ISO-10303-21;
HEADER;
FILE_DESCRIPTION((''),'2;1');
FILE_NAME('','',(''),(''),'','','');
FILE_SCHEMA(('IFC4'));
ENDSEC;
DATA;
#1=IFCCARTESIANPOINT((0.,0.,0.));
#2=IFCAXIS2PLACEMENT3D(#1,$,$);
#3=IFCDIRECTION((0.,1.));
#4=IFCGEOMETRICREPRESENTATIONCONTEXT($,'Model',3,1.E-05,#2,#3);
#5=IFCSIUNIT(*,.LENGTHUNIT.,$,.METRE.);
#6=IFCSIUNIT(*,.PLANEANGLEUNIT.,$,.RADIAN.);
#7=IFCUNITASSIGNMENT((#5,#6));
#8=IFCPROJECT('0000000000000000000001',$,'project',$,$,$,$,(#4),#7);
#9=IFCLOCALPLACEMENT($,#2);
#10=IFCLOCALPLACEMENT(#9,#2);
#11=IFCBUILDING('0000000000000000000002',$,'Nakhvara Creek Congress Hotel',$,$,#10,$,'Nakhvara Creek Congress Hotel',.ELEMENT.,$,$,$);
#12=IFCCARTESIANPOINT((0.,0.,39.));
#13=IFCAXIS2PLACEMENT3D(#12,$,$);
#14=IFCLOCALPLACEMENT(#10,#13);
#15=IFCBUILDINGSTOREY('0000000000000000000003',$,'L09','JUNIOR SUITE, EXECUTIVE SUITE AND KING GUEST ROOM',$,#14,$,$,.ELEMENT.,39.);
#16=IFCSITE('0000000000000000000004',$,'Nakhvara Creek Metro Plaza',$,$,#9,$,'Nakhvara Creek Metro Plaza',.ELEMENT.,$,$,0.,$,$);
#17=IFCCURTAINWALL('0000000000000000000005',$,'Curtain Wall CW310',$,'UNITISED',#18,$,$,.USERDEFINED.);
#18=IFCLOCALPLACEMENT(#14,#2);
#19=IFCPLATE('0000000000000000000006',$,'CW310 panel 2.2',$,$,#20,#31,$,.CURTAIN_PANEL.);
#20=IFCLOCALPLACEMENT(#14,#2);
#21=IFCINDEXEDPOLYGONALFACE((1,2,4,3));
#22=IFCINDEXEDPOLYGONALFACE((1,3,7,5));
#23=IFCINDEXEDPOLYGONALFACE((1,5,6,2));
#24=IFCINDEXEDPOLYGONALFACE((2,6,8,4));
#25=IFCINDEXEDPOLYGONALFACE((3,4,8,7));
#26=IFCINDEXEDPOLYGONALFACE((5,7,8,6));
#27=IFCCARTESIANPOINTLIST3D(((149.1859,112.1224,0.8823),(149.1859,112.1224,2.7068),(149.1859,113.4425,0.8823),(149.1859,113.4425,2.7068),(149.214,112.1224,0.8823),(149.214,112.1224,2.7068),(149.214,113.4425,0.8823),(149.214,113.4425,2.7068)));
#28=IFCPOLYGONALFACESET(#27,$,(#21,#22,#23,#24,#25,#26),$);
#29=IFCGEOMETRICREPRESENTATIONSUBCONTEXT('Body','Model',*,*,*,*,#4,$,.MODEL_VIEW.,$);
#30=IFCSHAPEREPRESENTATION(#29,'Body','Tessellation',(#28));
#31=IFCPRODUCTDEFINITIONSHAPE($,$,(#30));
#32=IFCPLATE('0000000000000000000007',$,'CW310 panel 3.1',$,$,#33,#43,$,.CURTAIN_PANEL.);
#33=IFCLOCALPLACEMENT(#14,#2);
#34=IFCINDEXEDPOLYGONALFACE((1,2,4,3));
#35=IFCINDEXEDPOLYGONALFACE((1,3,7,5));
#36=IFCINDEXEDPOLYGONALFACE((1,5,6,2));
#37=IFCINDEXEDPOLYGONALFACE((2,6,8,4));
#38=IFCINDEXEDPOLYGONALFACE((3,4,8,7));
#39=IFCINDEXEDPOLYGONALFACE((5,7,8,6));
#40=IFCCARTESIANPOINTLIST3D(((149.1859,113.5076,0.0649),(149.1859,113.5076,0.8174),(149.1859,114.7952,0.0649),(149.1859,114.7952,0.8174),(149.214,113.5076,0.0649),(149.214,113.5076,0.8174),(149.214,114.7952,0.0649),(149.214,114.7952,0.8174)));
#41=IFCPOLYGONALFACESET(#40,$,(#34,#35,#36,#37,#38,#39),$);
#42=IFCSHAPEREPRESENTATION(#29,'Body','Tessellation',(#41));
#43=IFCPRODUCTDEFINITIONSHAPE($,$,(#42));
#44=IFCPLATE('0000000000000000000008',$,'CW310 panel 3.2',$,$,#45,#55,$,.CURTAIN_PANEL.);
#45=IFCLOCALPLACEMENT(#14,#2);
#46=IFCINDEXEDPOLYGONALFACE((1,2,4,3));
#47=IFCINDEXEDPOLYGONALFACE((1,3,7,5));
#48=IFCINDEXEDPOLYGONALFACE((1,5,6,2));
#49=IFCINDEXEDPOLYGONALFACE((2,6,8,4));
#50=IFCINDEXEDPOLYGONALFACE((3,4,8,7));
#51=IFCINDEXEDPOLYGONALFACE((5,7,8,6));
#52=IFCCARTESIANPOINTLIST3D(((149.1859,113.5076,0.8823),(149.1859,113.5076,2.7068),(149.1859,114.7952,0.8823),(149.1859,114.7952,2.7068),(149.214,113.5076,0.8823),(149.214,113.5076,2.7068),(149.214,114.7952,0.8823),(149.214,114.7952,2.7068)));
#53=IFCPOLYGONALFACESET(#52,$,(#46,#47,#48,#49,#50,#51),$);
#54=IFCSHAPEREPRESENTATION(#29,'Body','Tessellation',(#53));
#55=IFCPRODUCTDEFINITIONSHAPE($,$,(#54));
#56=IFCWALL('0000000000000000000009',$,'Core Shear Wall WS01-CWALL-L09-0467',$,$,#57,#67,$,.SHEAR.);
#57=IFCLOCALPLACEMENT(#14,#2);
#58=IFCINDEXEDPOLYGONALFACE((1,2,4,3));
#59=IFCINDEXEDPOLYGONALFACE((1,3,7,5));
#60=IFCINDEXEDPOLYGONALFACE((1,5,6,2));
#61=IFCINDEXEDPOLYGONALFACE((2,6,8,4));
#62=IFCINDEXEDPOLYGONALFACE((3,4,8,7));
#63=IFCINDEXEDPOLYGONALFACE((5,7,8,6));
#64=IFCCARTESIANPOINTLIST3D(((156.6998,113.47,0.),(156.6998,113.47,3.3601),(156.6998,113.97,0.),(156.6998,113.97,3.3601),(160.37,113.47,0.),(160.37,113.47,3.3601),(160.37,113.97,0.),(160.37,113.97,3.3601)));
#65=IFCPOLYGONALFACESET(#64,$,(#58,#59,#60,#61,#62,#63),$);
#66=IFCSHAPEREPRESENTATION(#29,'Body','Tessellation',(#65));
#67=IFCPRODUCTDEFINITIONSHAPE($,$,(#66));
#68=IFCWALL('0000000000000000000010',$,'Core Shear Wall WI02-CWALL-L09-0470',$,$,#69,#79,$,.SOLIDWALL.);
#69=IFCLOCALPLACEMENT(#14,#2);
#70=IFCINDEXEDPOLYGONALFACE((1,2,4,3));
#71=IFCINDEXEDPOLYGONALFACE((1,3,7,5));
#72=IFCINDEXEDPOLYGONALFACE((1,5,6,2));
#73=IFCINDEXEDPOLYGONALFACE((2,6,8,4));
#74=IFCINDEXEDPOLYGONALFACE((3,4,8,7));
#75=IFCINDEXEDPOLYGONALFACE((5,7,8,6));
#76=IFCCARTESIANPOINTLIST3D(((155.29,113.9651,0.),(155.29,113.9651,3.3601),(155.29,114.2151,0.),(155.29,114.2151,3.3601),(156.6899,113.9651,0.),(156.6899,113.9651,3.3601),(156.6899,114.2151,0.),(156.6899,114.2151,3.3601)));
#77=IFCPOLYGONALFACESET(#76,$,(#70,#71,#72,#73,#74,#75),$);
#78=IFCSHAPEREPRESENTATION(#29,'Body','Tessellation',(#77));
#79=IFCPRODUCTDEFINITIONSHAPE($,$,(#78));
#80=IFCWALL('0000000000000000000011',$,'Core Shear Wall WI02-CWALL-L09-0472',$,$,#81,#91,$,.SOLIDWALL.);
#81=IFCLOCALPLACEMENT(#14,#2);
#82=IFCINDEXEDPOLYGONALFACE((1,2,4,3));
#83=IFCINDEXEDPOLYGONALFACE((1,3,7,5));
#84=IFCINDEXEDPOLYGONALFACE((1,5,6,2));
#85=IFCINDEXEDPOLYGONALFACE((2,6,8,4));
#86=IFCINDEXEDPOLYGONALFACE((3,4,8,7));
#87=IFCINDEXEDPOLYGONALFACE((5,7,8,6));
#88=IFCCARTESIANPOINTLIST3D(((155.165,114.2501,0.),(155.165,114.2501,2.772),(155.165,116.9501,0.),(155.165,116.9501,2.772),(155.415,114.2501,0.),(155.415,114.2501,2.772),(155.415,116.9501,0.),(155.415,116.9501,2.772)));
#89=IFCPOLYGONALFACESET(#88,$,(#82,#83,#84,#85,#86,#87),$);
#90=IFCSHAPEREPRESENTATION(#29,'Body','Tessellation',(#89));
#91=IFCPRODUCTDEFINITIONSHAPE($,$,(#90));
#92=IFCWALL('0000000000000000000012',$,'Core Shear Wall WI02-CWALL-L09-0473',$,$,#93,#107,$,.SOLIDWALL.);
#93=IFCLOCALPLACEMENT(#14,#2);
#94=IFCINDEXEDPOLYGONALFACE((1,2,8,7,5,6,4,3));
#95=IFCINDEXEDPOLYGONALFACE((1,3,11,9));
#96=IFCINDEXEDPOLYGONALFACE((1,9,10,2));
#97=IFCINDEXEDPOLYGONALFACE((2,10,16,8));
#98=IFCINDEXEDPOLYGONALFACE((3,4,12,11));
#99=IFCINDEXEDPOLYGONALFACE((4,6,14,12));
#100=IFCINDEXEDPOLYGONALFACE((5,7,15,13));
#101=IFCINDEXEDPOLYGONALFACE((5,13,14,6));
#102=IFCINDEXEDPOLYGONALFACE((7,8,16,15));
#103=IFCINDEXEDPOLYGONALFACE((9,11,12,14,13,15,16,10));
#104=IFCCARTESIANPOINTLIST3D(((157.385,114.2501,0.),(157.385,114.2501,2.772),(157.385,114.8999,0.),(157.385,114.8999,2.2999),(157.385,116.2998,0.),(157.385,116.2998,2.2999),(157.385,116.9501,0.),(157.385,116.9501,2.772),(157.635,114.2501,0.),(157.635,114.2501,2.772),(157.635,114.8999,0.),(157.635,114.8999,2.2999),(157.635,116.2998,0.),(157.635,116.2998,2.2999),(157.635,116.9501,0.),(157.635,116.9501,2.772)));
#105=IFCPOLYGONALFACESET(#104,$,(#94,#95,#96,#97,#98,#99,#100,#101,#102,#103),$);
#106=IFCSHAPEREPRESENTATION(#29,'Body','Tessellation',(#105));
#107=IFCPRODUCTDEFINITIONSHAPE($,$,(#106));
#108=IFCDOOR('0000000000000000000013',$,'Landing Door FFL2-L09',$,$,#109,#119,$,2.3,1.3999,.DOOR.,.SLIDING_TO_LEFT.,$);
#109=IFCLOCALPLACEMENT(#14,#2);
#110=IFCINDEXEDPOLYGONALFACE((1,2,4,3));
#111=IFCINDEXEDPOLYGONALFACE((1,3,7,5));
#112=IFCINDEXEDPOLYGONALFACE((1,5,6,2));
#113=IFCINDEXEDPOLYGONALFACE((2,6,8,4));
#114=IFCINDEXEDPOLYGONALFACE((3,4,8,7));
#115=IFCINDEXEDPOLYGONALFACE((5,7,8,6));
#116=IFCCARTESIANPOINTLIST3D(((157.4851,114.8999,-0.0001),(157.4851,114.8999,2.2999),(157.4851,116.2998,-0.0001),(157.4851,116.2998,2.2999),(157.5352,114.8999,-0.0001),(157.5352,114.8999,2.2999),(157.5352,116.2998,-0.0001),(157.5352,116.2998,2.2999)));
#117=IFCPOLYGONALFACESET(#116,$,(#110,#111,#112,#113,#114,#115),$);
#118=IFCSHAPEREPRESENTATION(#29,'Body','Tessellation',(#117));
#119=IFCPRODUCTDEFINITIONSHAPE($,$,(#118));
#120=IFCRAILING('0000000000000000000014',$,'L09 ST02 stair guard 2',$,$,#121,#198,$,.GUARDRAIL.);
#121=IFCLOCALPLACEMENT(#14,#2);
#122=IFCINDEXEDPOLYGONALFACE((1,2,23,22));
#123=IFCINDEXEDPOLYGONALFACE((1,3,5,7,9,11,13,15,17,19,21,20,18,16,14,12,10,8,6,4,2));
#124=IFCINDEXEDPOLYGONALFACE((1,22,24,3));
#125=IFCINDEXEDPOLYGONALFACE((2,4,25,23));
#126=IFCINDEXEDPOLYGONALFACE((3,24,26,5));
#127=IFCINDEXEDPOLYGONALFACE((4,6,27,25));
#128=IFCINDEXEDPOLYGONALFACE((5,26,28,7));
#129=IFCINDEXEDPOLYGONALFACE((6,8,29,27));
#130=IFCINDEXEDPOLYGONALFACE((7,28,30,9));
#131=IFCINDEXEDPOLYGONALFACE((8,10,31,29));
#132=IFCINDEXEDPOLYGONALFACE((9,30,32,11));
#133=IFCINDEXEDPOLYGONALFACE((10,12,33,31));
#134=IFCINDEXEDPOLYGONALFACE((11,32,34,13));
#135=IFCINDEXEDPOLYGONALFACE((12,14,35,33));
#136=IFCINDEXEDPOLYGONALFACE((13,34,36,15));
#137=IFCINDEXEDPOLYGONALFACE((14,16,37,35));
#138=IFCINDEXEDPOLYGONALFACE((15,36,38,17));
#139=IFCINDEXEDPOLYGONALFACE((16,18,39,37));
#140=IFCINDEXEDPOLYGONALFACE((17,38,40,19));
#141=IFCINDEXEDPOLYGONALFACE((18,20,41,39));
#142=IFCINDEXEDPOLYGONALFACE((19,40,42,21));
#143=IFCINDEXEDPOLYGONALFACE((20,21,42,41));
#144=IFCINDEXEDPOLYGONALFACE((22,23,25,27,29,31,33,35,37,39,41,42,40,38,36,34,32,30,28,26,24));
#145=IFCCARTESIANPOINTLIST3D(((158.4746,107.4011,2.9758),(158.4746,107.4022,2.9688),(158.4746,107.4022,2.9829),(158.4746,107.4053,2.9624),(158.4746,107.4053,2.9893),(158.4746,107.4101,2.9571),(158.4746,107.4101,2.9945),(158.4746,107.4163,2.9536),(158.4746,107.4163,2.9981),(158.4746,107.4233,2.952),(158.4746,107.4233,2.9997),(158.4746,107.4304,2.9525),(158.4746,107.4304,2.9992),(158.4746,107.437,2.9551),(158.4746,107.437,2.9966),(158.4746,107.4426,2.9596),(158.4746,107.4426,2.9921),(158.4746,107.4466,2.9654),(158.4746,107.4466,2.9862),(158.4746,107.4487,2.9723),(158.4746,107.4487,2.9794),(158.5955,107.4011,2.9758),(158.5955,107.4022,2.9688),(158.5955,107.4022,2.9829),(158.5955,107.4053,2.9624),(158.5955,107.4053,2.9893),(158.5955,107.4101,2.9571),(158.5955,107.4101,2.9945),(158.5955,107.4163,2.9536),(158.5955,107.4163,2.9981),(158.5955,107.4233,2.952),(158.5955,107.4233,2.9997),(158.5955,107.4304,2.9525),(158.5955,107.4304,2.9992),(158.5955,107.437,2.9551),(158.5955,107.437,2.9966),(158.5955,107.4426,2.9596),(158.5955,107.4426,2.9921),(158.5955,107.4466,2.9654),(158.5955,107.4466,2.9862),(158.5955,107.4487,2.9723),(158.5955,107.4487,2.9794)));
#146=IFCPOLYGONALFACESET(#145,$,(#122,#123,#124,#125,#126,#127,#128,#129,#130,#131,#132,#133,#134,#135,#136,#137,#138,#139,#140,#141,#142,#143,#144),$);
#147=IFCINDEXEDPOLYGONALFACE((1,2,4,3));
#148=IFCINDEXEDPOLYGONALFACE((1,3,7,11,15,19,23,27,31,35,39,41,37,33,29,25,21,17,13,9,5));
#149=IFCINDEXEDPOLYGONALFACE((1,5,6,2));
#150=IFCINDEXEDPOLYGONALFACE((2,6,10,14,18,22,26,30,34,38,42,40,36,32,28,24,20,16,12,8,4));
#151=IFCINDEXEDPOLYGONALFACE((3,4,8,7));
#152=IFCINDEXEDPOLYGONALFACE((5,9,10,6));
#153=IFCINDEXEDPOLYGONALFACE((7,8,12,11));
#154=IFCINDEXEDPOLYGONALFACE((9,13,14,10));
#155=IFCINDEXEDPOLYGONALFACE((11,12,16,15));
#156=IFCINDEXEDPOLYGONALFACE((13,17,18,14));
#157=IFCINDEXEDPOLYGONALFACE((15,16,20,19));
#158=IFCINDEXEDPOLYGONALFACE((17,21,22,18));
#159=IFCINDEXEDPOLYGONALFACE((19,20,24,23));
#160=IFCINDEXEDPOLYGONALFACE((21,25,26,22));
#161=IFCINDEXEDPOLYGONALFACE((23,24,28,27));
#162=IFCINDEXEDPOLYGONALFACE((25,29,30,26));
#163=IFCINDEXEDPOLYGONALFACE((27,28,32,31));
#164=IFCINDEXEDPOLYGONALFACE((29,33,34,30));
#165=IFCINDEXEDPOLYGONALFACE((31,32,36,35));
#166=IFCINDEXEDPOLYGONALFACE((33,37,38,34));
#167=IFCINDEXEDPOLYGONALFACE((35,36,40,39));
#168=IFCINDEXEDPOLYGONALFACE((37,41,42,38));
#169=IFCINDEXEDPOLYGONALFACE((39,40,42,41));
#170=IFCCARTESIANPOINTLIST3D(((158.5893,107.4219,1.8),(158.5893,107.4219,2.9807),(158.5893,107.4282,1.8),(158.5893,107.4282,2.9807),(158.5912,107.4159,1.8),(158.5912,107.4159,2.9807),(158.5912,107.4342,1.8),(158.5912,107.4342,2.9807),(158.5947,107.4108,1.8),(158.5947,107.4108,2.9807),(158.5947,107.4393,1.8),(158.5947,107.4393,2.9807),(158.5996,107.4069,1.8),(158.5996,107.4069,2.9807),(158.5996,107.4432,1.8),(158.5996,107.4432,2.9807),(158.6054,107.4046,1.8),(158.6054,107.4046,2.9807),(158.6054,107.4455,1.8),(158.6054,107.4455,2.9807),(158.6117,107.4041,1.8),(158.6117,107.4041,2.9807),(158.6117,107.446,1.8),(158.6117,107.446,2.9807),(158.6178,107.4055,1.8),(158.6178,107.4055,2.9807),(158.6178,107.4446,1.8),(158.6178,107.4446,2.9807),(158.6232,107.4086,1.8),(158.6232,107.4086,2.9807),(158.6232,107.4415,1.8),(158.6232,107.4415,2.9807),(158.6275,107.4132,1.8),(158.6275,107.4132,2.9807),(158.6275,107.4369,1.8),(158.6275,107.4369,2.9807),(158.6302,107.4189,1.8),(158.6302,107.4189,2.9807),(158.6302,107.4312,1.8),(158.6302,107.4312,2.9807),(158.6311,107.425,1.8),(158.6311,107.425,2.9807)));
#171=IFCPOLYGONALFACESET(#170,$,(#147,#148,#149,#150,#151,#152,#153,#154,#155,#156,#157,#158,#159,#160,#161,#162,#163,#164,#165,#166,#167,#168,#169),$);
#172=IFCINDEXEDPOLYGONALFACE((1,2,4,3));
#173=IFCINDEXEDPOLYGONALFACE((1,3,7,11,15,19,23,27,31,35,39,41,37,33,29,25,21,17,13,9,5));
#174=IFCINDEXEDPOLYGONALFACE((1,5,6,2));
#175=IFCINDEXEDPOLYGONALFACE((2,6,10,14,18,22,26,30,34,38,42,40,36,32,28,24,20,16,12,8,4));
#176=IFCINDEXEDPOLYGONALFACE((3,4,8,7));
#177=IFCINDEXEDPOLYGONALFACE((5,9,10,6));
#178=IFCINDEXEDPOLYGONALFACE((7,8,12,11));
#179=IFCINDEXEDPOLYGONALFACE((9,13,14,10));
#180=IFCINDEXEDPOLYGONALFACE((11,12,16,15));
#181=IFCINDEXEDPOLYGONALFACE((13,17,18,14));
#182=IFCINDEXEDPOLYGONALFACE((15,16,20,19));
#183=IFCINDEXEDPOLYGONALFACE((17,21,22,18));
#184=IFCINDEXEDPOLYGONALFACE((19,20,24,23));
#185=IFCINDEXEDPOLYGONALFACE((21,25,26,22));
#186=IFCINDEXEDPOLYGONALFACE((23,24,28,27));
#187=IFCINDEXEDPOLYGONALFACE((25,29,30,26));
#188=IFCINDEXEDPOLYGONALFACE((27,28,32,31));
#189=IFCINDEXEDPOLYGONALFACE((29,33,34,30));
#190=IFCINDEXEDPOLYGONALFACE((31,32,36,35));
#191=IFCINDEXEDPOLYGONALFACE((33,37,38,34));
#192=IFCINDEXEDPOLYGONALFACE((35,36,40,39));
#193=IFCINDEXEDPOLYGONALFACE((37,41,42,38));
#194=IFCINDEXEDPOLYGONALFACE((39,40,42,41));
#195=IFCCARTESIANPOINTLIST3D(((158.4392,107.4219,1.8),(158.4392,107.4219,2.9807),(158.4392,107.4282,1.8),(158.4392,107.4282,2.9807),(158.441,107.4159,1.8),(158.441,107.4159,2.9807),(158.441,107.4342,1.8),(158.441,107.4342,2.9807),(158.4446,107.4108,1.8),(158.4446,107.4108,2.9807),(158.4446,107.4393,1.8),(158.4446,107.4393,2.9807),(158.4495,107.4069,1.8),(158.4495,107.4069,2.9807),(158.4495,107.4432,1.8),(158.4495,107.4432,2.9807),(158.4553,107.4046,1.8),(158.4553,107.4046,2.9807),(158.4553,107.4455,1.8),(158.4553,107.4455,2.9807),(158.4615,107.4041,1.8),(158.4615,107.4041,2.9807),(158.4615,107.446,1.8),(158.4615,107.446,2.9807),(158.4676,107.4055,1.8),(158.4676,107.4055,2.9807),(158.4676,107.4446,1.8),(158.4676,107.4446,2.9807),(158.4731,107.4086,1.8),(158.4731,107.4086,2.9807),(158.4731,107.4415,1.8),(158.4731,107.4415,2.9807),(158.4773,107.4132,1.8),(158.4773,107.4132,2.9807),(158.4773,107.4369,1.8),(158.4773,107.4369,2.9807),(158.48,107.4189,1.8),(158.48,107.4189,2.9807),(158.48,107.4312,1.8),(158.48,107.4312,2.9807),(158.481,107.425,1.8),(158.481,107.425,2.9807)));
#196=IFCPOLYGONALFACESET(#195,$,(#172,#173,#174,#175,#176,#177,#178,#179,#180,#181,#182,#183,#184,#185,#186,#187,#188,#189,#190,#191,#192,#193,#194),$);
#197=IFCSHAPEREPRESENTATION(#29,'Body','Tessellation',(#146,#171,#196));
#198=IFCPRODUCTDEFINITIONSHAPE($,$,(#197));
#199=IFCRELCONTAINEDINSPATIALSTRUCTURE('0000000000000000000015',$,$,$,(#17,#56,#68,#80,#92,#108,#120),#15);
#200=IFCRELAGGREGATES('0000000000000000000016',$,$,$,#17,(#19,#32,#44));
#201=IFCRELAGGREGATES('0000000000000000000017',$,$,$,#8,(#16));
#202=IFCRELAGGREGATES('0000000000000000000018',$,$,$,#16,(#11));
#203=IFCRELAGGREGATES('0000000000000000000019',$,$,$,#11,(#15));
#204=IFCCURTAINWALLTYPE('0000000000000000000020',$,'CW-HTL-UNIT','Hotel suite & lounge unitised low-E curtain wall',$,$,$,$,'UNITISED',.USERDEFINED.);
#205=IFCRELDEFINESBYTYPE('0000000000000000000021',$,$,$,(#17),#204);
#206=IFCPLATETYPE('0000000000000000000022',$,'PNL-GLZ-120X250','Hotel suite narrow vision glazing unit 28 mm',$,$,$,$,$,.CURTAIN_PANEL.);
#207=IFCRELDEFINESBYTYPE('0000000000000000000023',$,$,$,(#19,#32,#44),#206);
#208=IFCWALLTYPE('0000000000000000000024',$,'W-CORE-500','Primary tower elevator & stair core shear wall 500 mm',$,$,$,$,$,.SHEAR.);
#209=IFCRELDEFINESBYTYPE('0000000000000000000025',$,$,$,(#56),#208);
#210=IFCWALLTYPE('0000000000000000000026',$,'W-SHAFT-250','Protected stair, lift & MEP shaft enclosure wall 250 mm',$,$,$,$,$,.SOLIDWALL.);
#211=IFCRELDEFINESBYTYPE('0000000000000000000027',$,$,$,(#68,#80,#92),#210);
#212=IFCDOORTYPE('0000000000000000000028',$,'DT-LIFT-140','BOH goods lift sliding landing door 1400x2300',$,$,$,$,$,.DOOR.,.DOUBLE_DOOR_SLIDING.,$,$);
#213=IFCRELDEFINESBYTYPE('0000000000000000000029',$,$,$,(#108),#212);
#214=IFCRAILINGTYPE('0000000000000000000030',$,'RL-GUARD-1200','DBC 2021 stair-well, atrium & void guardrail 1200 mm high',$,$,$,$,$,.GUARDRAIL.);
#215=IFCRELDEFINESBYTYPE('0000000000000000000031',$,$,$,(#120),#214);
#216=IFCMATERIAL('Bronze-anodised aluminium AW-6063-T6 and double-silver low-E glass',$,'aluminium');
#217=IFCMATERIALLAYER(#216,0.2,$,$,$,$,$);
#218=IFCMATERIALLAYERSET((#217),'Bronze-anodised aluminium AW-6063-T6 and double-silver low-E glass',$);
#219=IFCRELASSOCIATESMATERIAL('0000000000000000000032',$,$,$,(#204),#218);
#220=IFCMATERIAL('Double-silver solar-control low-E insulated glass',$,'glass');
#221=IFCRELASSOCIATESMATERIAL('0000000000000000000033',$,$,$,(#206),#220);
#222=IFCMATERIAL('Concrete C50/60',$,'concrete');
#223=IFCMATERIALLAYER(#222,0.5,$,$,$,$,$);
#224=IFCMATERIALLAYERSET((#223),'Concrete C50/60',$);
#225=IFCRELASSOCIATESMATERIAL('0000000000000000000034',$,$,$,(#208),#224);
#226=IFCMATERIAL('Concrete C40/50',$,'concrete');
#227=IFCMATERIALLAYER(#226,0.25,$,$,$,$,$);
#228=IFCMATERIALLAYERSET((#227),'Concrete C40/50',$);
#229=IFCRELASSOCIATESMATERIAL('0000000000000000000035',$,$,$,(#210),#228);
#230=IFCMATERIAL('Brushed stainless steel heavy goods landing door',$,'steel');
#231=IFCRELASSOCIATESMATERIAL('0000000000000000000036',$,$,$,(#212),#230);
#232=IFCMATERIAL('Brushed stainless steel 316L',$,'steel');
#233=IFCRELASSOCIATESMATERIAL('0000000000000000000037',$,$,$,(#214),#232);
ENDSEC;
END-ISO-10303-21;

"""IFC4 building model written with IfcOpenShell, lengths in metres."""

from ifc_helpers import new_model, si_unit, direction, frame, frame_2d, origin, origin_2d, place, context, subcontext, project, spatial, rectangle, circle, extrude, material, layer, layer_set, type_object, element, fill, aggregate, save


model = new_model("IFC4")

# Units and contexts
model_context = context("Model", 3, precision=1e-05, world=origin(), true_north=direction((0.0, 1.0)))
body_context = subcontext(model_context, "Body", "Model", "MODEL_VIEW")
ifc_project = project(units=[si_unit("LENGTHUNIT", "METRE"), si_unit("PLANEANGLEUNIT", "RADIAN")], contexts=[model_context])

# Site, building, storey
site_placement = place(None, origin())
site = spatial("IfcSite", under=ifc_project, at=site_placement, Name="Nakhvara Creek Metro Plaza", LongName="Nakhvara Creek Metro Plaza", CompositionType="ELEMENT", RefElevation=0.0)
building_placement = place(site_placement, origin())
building = spatial("IfcBuilding", under=site, at=building_placement, Name="Nakhvara Creek Congress Hotel", LongName="Nakhvara Creek Congress Hotel", CompositionType="ELEMENT")
storey_placement = place(building_placement, frame((0.0, 0.0, 39.0)))
storey = spatial("IfcBuildingStorey", under=building, at=storey_placement, Name="L09", Description="JUNIOR SUITE, EXECUTIVE SUITE AND KING GUEST ROOM", CompositionType="ELEMENT", Elevation=39.0)

# Shared definitions
ifc_material_1 = material(Name="Concrete C50/60", Category="concrete")

# Shared definitions
ifc_material_2 = material(Name="Concrete C40/50", Category="concrete")

# Curtain wall, plates
ifc_material_3 = material(Name="Bronze-anodised aluminium AW-6063-T6 and double-silver low-E glass", Category="aluminium")
ifc_layer_1 = layer(ifc_material_3, 0.2)
ifc_layer_set_1 = layer_set([ifc_layer_1], Name="Bronze-anodised aluminium AW-6063-T6 and double-silver low-E glass")
curtain_wall_type = type_object("IfcCurtainWallType", Name="CW-HTL-UNIT", Description="Hotel suite & lounge unitised low-E curtain wall", ElementType="UNITISED", PredefinedType="USERDEFINED", material=ifc_layer_set_1)
curtain_wall_placement = place(storey_placement, origin())
curtain_wall = element("IfcCurtainWall", 1, at=curtain_wall_placement, inside=storey, type_object=curtain_wall_type, Name="Curtain Wall CW310", ObjectType="UNITISED", PredefinedType="USERDEFINED")
ifc_material_4 = material(Name="Double-silver solar-control low-E insulated glass", Category="glass")
plate_type = type_object("IfcPlateType", Name="PNL-GLZ-120X250", Description="Hotel suite narrow vision glazing unit 28 mm", PredefinedType="CURTAIN_PANEL", material=ifc_material_4)
plate_1_placement = place(storey_placement, frame((149.2, 112.7825, 0.8823), z_axis=(0.0, 0.0, 1.0), x_axis=(0.0, 1.0, 0.0)))
plate_1 = element("IfcPlate", 2, at=plate_1_placement, type_object=plate_type, Name="CW310 panel 2.2", PredefinedType="CURTAIN_PANEL", context=body_context, shape_type="SweptSolid", body=[
    extrude(rectangle(XDim=1.3201, YDim=0.0281, at=origin_2d()), origin(), (0.0, 0.0, 1.0), 1.8245),
])
plate_2_placement = place(storey_placement, frame((149.2, 114.1514, 0.0649), z_axis=(0.0, 0.0, 1.0), x_axis=(0.0, 1.0, 0.0)))
plate_2 = element("IfcPlate", 3, at=plate_2_placement, type_object=plate_type, Name="CW310 panel 3.1", PredefinedType="CURTAIN_PANEL", context=body_context, shape_type="SweptSolid", body=[
    extrude(rectangle(XDim=1.2876, YDim=0.0281, at=origin_2d()), origin(), (0.0, 0.0, 1.0), 0.7524),
])
plate_3_placement = place(storey_placement, frame((149.2, 114.1514, 0.8823), z_axis=(0.0, 0.0, 1.0), x_axis=(0.0, 1.0, 0.0)))
plate_3 = element("IfcPlate", 4, at=plate_3_placement, type_object=plate_type, Name="CW310 panel 3.2", PredefinedType="CURTAIN_PANEL", context=body_context, shape_type="SweptSolid", body=[
    extrude(rectangle(XDim=1.2876, YDim=0.0281, at=origin_2d()), origin(), (0.0, 0.0, 1.0), 1.8245),
])
aggregate(curtain_wall, [plate_1, plate_2, plate_3])

# Wall
ifc_layer_2 = layer(ifc_material_1, 0.5)
ifc_layer_set_2 = layer_set([ifc_layer_2], Name="Concrete C50/60")
wall_type_1 = type_object("IfcWallType", Name="W-CORE-500", Description="Primary tower elevator & stair core shear wall 500 mm", PredefinedType="SHEAR", material=ifc_layer_set_2)
wall_1_placement = place(storey_placement, frame((156.7, 113.72, 0.0), z_axis=(0.0, 0.0, 1.0), x_axis=(1.0, 0.0, 0.0)))
element("IfcWall", 5, at=wall_1_placement, inside=storey, type_object=wall_type_1, Name="Core Shear Wall WS01-CWALL-L09-0467", PredefinedType="SHEAR", context=body_context, shape_type="SweptSolid", body=[
    extrude(rectangle(XDim=3.6702, YDim=0.5, at=frame_2d((1.835, 0.0))), origin(), (0.0, 0.0, 1.0), 3.3601),
])

# Walls
ifc_layer_3 = layer(ifc_material_2, 0.25)
ifc_layer_set_3 = layer_set([ifc_layer_3], Name="Concrete C40/50")
wall_type_2 = type_object("IfcWallType", Name="W-SHAFT-250", Description="Protected stair, lift & MEP shaft enclosure wall 250 mm", PredefinedType="SOLIDWALL", material=ifc_layer_set_3)
wall_2_placement = place(storey_placement, frame((155.29, 114.0901, 0.0), z_axis=(0.0, 0.0, 1.0), x_axis=(1.0, 0.0, 0.0)))
element("IfcWall", 6, at=wall_2_placement, inside=storey, type_object=wall_type_2, Name="Core Shear Wall WI02-CWALL-L09-0470", PredefinedType="SOLIDWALL", context=body_context, shape_type="SweptSolid", body=[
    extrude(rectangle(XDim=1.3999, YDim=0.25, at=frame_2d((0.7, 0.0))), origin(), (0.0, 0.0, 1.0), 3.3601),
])
wall_3_placement = place(storey_placement, frame((155.29, 114.25, 0.0), z_axis=(0.0, 0.0, 1.0), x_axis=(0.0, 1.0, 0.0)))
element("IfcWall", 7, at=wall_3_placement, inside=storey, type_object=wall_type_2, Name="Core Shear Wall WI02-CWALL-L09-0472", PredefinedType="SOLIDWALL", context=body_context, shape_type="SweptSolid", body=[
    extrude(rectangle(XDim=2.7, YDim=0.25, at=frame_2d((1.3501, 0.0))), origin(), (0.0, 0.0, 1.0), 2.772),
])

# Wall, opening, door
wall_4_placement = place(storey_placement, frame((157.51, 114.25, 0.0), z_axis=(0.0, 0.0, 1.0), x_axis=(0.0, 1.0, 0.0)))
wall_4 = element("IfcWall", 8, at=wall_4_placement, inside=storey, type_object=wall_type_2, Name="Core Shear Wall WI02-CWALL-L09-0473", PredefinedType="SOLIDWALL", context=body_context, shape_type="SweptSolid", body=[
    extrude(rectangle(XDim=2.7, YDim=0.25, at=frame_2d((1.3501, 0.0))), origin(), (0.0, 0.0, 1.0), 2.772),
])
opening_1_placement = place(wall_4_placement, frame((0.6499, 0.0, 0.0)))
opening_1 = element("IfcOpeningElement", 9, at=opening_1_placement, cuts=wall_4, PredefinedType="OPENING", context=body_context, shape_type="SweptSolid", body=[
    extrude(rectangle(XDim=1.3999, YDim=2.3, at=frame_2d((0.7, 1.1499))), frame((0.0, 0.137, 0.0), z_axis=(0.0, -1.0, 0.0), x_axis=(1.0, 0.0, 0.0)), (0.0, 0.0, 1.0), 0.2739),
])
ifc_material_5 = material(Name="Brushed stainless steel heavy goods landing door", Category="steel")
door_type_1 = type_object("IfcDoorType", Name="DT-LIFT-140", Description="BOH goods lift sliding landing door 1400x2300", OperationType="DOUBLE_DOOR_SLIDING", PredefinedType="DOOR", material=ifc_material_5)
door_1_placement = place(opening_1_placement, origin())
door_1 = element("IfcDoor", 10, at=door_1_placement, inside=storey, type_object=door_type_1, Name="Landing Door FFL2-L09", OperationType="SLIDING_TO_LEFT", OverallHeight=2.3, OverallWidth=1.3999, PredefinedType="DOOR", context=body_context, shape_type="SweptSolid", body=[
    extrude(rectangle(XDim=1.3999, YDim=2.3, at=frame_2d((0.7, 1.1499))), frame((0.0, 0.0249, 0.0), z_axis=(0.0, -1.0, 0.0), x_axis=(1.0, 0.0, 0.0)), (0.0, 0.0, 1.0), 0.05),
])
fill(opening_1, door_1)

# Railing
ifc_material_6 = material(Name="Brushed stainless steel 316L", Category="steel")
railing_type = type_object("IfcRailingType", Name="RL-GUARD-1200", Description="DBC 2021 stair-well, atrium & void guardrail 1200 mm high", PredefinedType="GUARDRAIL", material=ifc_material_6)
railing_placement = place(storey_placement, frame((158.6101, 107.425, 1.8)))
element("IfcRailing", 11, at=railing_placement, inside=storey, type_object=railing_type, Name="L09 ST02 stair guard 2", PredefinedType="GUARDRAIL", context=body_context, shape_type="SweptSolid", body=[
    extrude(circle(Radius=0.0239, at=origin_2d()), frame((-0.0146, 0.0, 1.1758), z_axis=(-1.0, 0.0, 0.0), x_axis=(0.0, -1.0, 0.0)), (0.0, 0.0, 1.0), 0.1208),
    extrude(circle(Radius=0.021, at=origin_2d()), origin(), (0.0, 0.0, 1.0), 1.1807),
    extrude(circle(Radius=0.021, at=origin_2d()), frame((-0.1501, 0.0, 0.0)), (0.0, 0.0, 1.0), 1.1807),
])

save(model, "model.ifc")
